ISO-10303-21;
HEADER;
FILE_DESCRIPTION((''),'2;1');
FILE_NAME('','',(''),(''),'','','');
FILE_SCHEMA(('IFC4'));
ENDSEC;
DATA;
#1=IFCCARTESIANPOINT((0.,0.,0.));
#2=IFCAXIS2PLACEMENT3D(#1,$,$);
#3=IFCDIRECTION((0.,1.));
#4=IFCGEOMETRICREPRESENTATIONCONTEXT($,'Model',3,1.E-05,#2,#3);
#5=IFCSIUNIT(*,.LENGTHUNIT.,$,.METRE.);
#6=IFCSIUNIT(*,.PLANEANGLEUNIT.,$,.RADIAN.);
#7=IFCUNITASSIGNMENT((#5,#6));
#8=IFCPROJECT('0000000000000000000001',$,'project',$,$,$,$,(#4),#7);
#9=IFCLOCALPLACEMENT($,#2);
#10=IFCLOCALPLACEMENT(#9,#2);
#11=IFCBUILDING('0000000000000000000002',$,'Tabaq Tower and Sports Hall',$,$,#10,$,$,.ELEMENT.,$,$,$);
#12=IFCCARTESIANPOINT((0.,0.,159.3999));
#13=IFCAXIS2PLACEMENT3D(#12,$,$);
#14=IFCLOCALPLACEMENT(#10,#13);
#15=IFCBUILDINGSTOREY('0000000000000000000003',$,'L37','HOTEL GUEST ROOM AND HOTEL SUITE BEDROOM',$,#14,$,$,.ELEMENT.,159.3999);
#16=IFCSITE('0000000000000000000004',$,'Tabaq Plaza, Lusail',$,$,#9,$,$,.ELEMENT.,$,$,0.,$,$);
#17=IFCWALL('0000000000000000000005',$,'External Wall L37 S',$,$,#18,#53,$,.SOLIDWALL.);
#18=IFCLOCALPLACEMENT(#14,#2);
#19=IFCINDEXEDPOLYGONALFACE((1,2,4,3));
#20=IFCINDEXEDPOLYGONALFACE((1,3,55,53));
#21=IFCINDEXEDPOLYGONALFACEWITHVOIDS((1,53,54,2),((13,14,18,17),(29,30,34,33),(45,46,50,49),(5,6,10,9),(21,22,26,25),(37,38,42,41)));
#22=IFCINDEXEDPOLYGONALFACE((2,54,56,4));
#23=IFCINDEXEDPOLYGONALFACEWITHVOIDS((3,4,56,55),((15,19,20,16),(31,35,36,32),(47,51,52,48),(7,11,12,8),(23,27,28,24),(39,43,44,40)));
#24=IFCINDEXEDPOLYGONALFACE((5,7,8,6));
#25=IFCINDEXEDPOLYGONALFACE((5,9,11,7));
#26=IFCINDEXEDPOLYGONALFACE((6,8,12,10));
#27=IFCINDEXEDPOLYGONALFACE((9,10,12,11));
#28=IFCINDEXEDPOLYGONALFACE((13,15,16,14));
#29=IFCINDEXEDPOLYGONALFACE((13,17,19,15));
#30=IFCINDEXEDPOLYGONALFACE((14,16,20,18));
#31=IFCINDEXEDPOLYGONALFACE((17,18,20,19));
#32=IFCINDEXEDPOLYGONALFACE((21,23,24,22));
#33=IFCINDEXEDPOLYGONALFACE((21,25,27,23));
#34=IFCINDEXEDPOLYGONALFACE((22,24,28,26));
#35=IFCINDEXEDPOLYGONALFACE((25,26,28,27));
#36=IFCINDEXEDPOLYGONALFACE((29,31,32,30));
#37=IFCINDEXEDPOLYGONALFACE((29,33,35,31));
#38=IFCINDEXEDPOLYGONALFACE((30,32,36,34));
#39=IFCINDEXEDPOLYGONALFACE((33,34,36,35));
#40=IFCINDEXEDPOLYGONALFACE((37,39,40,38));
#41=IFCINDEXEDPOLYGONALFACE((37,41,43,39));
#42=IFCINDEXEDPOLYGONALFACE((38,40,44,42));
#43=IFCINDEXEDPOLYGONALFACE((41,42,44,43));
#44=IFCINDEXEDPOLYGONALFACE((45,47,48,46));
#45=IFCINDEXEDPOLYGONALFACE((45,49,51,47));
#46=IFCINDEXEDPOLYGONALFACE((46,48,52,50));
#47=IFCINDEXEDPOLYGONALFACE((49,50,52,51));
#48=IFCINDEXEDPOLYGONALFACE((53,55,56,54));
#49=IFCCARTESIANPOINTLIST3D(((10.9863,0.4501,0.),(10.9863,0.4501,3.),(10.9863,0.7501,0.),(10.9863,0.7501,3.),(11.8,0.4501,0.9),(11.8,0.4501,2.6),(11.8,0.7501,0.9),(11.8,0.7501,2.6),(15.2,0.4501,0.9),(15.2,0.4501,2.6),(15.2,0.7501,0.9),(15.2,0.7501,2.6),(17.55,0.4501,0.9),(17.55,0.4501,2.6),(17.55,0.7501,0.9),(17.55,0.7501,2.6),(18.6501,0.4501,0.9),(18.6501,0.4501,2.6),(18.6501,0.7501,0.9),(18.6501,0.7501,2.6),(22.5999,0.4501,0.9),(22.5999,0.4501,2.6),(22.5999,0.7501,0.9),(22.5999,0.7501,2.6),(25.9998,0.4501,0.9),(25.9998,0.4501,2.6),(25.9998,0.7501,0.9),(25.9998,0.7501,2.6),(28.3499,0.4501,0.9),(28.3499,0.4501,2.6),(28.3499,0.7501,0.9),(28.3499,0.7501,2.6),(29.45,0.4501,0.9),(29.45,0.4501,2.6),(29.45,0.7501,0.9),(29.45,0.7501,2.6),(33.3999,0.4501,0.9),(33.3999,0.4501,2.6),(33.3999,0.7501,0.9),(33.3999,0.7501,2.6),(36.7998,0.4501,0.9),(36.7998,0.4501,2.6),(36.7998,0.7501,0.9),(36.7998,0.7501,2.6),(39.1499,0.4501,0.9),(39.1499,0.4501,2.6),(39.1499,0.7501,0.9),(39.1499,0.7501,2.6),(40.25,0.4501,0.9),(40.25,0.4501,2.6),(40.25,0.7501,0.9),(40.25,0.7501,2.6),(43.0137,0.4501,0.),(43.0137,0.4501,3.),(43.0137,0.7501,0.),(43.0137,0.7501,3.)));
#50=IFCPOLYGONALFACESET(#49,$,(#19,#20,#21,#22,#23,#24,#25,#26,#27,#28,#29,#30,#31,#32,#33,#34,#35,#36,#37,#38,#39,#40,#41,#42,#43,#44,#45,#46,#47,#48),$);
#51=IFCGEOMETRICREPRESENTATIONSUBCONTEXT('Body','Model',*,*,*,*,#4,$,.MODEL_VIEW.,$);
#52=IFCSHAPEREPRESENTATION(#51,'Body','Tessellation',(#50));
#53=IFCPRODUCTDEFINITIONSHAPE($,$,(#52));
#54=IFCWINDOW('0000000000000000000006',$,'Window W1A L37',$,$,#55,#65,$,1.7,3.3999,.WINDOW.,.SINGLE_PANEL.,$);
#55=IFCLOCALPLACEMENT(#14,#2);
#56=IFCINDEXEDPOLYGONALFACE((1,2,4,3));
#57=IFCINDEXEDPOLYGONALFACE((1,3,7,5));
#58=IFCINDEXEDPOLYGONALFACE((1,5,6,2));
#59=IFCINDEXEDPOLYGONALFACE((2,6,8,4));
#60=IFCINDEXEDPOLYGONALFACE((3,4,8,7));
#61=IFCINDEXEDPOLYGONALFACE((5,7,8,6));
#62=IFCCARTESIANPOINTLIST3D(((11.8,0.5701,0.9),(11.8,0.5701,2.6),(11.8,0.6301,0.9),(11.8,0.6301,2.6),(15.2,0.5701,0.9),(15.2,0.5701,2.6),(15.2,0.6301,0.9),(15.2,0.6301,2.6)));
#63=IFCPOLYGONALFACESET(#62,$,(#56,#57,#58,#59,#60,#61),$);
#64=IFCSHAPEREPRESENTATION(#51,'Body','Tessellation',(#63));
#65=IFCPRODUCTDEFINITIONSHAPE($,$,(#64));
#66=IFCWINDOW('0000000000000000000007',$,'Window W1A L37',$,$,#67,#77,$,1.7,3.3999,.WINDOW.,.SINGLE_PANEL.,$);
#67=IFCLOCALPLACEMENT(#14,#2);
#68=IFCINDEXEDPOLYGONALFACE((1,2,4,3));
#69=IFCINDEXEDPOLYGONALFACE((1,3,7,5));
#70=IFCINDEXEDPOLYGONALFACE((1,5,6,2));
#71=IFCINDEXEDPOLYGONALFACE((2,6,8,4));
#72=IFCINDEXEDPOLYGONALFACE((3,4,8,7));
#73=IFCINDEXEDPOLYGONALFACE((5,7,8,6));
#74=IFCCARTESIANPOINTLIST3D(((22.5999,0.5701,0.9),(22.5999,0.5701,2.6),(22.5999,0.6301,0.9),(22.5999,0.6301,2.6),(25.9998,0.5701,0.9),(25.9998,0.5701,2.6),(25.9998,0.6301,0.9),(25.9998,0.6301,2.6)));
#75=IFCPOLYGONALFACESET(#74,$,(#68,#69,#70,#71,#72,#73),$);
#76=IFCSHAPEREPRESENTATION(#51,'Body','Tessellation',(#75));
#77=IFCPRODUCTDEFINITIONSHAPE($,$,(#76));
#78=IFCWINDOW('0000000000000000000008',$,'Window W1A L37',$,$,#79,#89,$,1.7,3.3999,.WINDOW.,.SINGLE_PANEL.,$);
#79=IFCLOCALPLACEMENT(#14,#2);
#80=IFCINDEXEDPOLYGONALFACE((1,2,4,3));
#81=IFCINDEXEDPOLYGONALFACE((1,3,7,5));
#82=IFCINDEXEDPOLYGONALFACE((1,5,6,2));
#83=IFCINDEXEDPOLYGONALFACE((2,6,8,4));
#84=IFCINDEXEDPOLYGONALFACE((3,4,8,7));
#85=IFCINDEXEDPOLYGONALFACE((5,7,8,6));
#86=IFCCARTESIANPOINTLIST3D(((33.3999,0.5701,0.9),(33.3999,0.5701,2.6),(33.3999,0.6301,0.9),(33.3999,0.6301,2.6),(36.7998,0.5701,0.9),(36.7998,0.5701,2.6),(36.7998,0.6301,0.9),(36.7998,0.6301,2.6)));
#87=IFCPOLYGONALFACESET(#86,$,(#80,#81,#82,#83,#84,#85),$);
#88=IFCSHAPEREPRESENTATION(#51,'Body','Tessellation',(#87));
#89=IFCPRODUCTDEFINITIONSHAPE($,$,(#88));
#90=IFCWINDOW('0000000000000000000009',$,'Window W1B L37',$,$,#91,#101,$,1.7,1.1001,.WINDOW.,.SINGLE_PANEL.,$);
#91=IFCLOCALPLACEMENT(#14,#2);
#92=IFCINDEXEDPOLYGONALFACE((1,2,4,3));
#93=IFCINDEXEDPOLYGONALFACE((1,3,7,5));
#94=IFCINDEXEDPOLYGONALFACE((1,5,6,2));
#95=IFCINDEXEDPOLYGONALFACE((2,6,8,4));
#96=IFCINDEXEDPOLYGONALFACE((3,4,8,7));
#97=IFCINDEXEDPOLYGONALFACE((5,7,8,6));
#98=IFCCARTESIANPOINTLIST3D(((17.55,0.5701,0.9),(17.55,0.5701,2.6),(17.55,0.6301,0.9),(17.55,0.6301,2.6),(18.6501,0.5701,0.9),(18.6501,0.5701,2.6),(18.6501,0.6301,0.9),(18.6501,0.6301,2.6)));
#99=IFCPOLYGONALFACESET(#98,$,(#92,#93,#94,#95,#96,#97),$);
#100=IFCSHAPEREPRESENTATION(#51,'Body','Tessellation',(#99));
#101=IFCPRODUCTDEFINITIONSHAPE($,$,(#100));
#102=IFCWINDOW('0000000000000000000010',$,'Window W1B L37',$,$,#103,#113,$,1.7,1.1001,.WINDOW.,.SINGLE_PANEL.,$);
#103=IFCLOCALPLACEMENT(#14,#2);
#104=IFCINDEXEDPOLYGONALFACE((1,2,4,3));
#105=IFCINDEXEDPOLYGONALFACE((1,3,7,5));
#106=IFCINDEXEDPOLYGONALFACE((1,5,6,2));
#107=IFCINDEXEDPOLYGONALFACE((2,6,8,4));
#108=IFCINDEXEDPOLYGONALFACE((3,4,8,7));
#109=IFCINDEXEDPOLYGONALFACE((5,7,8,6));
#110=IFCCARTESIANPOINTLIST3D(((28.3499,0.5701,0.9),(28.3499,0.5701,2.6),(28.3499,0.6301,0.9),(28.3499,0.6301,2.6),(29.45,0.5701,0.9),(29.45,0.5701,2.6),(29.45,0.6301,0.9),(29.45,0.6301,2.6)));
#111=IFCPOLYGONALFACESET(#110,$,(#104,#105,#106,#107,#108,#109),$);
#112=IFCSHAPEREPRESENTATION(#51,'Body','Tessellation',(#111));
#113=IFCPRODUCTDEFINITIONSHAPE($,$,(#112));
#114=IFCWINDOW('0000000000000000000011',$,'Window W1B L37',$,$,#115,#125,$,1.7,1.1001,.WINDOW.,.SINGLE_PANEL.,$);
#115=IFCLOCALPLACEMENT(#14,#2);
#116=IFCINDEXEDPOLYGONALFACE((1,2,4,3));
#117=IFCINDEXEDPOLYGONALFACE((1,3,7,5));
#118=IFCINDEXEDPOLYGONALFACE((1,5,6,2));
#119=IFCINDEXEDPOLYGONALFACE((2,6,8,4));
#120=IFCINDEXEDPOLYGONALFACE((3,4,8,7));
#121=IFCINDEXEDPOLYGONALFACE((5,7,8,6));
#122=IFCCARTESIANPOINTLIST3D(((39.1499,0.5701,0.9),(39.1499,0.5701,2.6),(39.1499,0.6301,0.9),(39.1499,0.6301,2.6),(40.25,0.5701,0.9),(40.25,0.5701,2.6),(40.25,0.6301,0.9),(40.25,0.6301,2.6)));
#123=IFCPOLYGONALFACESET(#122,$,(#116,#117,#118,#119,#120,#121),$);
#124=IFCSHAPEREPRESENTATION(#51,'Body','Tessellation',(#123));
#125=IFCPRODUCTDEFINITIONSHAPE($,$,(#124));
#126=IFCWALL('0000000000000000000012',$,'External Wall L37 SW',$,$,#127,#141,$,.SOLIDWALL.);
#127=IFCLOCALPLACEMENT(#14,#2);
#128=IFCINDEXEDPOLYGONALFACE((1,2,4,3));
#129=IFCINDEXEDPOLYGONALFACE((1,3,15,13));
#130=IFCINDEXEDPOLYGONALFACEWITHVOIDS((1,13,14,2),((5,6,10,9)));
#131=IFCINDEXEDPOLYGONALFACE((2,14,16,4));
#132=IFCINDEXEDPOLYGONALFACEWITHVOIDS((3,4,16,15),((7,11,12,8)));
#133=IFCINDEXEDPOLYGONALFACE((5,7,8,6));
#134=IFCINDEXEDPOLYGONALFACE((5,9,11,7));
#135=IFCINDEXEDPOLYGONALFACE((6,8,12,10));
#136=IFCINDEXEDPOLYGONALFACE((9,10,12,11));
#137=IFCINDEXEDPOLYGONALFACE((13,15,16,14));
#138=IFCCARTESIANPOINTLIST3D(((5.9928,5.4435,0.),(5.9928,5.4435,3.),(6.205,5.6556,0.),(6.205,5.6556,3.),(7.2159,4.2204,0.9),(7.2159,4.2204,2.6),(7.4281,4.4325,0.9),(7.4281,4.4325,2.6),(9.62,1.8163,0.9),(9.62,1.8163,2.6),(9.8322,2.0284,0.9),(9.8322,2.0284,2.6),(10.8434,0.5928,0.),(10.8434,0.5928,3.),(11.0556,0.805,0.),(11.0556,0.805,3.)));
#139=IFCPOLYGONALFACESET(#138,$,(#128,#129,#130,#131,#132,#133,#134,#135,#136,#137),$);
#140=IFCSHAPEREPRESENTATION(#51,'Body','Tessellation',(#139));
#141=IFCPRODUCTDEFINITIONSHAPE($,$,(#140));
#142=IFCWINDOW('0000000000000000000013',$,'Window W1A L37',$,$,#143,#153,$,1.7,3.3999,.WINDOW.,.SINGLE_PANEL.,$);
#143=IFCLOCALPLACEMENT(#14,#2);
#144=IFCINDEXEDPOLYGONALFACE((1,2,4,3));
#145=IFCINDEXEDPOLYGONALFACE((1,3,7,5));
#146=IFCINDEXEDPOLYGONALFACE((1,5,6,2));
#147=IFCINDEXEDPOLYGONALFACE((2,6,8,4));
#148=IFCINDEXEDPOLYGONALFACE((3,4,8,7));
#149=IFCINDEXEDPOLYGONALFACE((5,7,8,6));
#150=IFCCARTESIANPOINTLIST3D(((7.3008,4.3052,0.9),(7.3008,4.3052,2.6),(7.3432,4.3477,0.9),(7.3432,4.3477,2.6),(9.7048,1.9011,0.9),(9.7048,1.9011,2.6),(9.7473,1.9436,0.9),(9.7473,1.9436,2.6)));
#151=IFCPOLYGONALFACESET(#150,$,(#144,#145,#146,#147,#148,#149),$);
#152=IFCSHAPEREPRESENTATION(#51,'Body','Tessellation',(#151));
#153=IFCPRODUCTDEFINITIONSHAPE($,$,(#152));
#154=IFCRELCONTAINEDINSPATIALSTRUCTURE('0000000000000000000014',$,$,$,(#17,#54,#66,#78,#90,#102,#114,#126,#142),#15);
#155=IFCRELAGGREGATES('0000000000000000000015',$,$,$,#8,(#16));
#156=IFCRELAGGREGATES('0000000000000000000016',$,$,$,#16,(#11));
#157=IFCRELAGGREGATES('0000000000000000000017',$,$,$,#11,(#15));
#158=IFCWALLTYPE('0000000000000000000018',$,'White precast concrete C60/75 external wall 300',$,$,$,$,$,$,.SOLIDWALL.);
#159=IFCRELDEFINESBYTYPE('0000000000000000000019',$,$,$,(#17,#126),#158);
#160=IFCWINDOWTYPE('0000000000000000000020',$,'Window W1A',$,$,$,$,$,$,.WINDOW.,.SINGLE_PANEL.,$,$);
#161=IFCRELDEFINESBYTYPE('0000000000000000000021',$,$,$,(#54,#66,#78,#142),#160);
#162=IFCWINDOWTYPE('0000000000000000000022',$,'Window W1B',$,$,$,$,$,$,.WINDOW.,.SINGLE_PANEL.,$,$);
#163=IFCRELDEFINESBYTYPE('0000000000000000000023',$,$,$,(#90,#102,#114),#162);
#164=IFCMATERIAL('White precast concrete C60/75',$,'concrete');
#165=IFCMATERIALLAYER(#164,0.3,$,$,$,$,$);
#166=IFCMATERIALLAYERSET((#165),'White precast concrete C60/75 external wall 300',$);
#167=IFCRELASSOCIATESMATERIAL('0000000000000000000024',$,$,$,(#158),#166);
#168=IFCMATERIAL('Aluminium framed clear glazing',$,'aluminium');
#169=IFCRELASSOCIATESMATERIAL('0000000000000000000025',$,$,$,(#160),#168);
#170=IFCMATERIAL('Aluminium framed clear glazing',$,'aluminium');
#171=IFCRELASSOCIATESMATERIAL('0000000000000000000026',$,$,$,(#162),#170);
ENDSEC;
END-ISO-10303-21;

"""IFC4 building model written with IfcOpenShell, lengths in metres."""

from ifc_helpers import new_model, si_unit, direction, frame, frame_2d, origin, place, context, subcontext, project, spatial, rectangle, extrude, material, layer, layer_set, type_object, element, fill, save


model = new_model("IFC4")

# Units and contexts
model_context = context("Model", 3, precision=1e-05, world=origin(), true_north=direction((0.0, 1.0)))
body_context = subcontext(model_context, "Body", "Model", "MODEL_VIEW")
ifc_project = project(units=[si_unit("LENGTHUNIT", "METRE"), si_unit("PLANEANGLEUNIT", "RADIAN")], contexts=[model_context])

# Site, building, storey
site_placement = place(None, origin())
site = spatial("IfcSite", under=ifc_project, at=site_placement, Name="Tabaq Plaza, Lusail", CompositionType="ELEMENT", RefElevation=0.0)
building_placement = place(site_placement, origin())
building = spatial("IfcBuilding", under=site, at=building_placement, Name="Tabaq Tower and Sports Hall", CompositionType="ELEMENT")
storey_placement = place(building_placement, frame((0.0, 0.0, 159.3999)))
storey = spatial("IfcBuildingStorey", under=building, at=storey_placement, Name="L37", Description="HOTEL GUEST ROOM AND HOTEL SUITE BEDROOM", CompositionType="ELEMENT", Elevation=159.3999)

# Wall, openings, windows
ifc_material_1 = material(Name="White precast concrete C60/75", Category="concrete")
ifc_layer_1 = layer(ifc_material_1, 0.3)
ifc_layer_set_1 = layer_set([ifc_layer_1], Name="White precast concrete C60/75 external wall 300")
wall_type_1 = type_object("IfcWallType", Name="White precast concrete C60/75 external wall 300", PredefinedType="SOLIDWALL", material=ifc_layer_set_1)
wall_1_placement = place(storey_placement, frame((10.9863, 0.6001, 0.0), z_axis=(0.0, 0.0, 1.0), x_axis=(1.0, 0.0, 0.0)))
wall_1 = element("IfcWall", 1, at=wall_1_placement, inside=storey, type_object=wall_type_1, Name="External Wall L37 S", PredefinedType="SOLIDWALL", context=body_context, shape_type="SweptSolid", body=[
    extrude(rectangle(XDim=32.0273, YDim=0.3, at=frame_2d((16.0137, 0.0))), origin(), (0.0, 0.0, 1.0), 3.0),
])
opening_1_placement = place(wall_1_placement, frame((0.8137, 0.0, 0.8999)))
opening_1 = element("IfcOpeningElement", 2, at=opening_1_placement, cuts=wall_1, PredefinedType="OPENING", context=body_context, shape_type="SweptSolid", body=[
    extrude(rectangle(XDim=3.3999, YDim=1.7, at=frame_2d((1.7, 0.8501))), frame((0.0, 0.1602, 0.0), z_axis=(0.0, -1.0, 0.0), x_axis=(1.0, 0.0, 0.0)), (0.0, 0.0, 1.0), 0.3201),
])
opening_2_placement = place(wall_1_placement, frame((6.5637, 0.0, 0.8999)))
opening_2 = element("IfcOpeningElement", 3, at=opening_2_placement, cuts=wall_1, PredefinedType="OPENING", context=body_context, shape_type="SweptSolid", body=[
    extrude(rectangle(XDim=1.1001, YDim=1.7, at=frame_2d((0.55, 0.8501))), frame((0.0, 0.1602, 0.0), z_axis=(0.0, -1.0, 0.0), x_axis=(1.0, 0.0, 0.0)), (0.0, 0.0, 1.0), 0.3201),
])
opening_3_placement = place(wall_1_placement, frame((11.6135, 0.0, 0.8999)))
opening_3 = element("IfcOpeningElement", 4, at=opening_3_placement, cuts=wall_1, PredefinedType="OPENING", context=body_context, shape_type="SweptSolid", body=[
    extrude(rectangle(XDim=3.3999, YDim=1.7, at=frame_2d((1.7, 0.8501))), frame((0.0, 0.1602, 0.0), z_axis=(0.0, -1.0, 0.0), x_axis=(1.0, 0.0, 0.0)), (0.0, 0.0, 1.0), 0.3201),
])
opening_4_placement = place(wall_1_placement, frame((17.3635, 0.0, 0.8999)))
opening_4 = element("IfcOpeningElement", 5, at=opening_4_placement, cuts=wall_1, PredefinedType="OPENING", context=body_context, shape_type="SweptSolid", body=[
    extrude(rectangle(XDim=1.1001, YDim=1.7, at=frame_2d((0.55, 0.8501))), frame((0.0, 0.1602, 0.0), z_axis=(0.0, -1.0, 0.0), x_axis=(1.0, 0.0, 0.0)), (0.0, 0.0, 1.0), 0.3201),
])
opening_5_placement = place(wall_1_placement, frame((22.4136, 0.0, 0.8999)))
opening_5 = element("IfcOpeningElement", 6, at=opening_5_placement, cuts=wall_1, PredefinedType="OPENING", context=body_context, shape_type="SweptSolid", body=[
    extrude(rectangle(XDim=3.3999, YDim=1.7, at=frame_2d((1.7, 0.8501))), frame((0.0, 0.1602, 0.0), z_axis=(0.0, -1.0, 0.0), x_axis=(1.0, 0.0, 0.0)), (0.0, 0.0, 1.0), 0.3201),
])
opening_6_placement = place(wall_1_placement, frame((28.1636, 0.0, 0.8999)))
opening_6 = element("IfcOpeningElement", 7, at=opening_6_placement, cuts=wall_1, PredefinedType="OPENING", context=body_context, shape_type="SweptSolid", body=[
    extrude(rectangle(XDim=1.1001, YDim=1.7, at=frame_2d((0.55, 0.8501))), frame((0.0, 0.1602, 0.0), z_axis=(0.0, -1.0, 0.0), x_axis=(1.0, 0.0, 0.0)), (0.0, 0.0, 1.0), 0.3201),
])
ifc_material_2 = material(Name="Aluminium framed clear glazing", Category="aluminium")
window_type_1 = type_object("IfcWindowType", Name="Window W1A", PartitioningType="SINGLE_PANEL", PredefinedType="WINDOW", material=ifc_material_2)
window_1_placement = place(opening_1_placement, origin())
window_1 = element("IfcWindow", 8, at=window_1_placement, inside=storey, type_object=window_type_1, Name="Window W1A L37", OverallHeight=1.7, OverallWidth=3.3999, PartitioningType="SINGLE_PANEL", PredefinedType="WINDOW", context=body_context, shape_type="SweptSolid", body=[
    extrude(rectangle(XDim=3.3999, YDim=1.7, at=frame_2d((1.7, 0.8501))), frame((0.0, 0.03, 0.0), z_axis=(0.0, -1.0, 0.0), x_axis=(1.0, 0.0, 0.0)), (0.0, 0.0, 1.0), 0.0601),
])
fill(opening_1, window_1)
window_2_placement = place(opening_3_placement, origin())
window_2 = element("IfcWindow", 9, at=window_2_placement, inside=storey, type_object=window_type_1, Name="Window W1A L37", OverallHeight=1.7, OverallWidth=3.3999, PartitioningType="SINGLE_PANEL", PredefinedType="WINDOW", context=body_context, shape_type="SweptSolid", body=[
    extrude(rectangle(XDim=3.3999, YDim=1.7, at=frame_2d((1.7, 0.8501))), frame((0.0, 0.03, 0.0), z_axis=(0.0, -1.0, 0.0), x_axis=(1.0, 0.0, 0.0)), (0.0, 0.0, 1.0), 0.0601),
])
fill(opening_3, window_2)
window_3_placement = place(opening_5_placement, origin())
window_3 = element("IfcWindow", 10, at=window_3_placement, inside=storey, type_object=window_type_1, Name="Window W1A L37", OverallHeight=1.7, OverallWidth=3.3999, PartitioningType="SINGLE_PANEL", PredefinedType="WINDOW", context=body_context, shape_type="SweptSolid", body=[
    extrude(rectangle(XDim=3.3999, YDim=1.7, at=frame_2d((1.7, 0.8501))), frame((0.0, 0.03, 0.0), z_axis=(0.0, -1.0, 0.0), x_axis=(1.0, 0.0, 0.0)), (0.0, 0.0, 1.0), 0.0601),
])
fill(opening_5, window_3)
ifc_material_3 = material(Name="Aluminium framed clear glazing", Category="aluminium")
window_type_2 = type_object("IfcWindowType", Name="Window W1B", PartitioningType="SINGLE_PANEL", PredefinedType="WINDOW", material=ifc_material_3)
window_4_placement = place(opening_2_placement, origin())
window_4 = element("IfcWindow", 11, at=window_4_placement, inside=storey, type_object=window_type_2, Name="Window W1B L37", OverallHeight=1.7, OverallWidth=1.1001, PartitioningType="SINGLE_PANEL", PredefinedType="WINDOW", context=body_context, shape_type="SweptSolid", body=[
    extrude(rectangle(XDim=1.1001, YDim=1.7, at=frame_2d((0.55, 0.8501))), frame((0.0, 0.03, 0.0), z_axis=(0.0, -1.0, 0.0), x_axis=(1.0, 0.0, 0.0)), (0.0, 0.0, 1.0), 0.0601),
])
fill(opening_2, window_4)
window_5_placement = place(opening_4_placement, origin())
window_5 = element("IfcWindow", 12, at=window_5_placement, inside=storey, type_object=window_type_2, Name="Window W1B L37", OverallHeight=1.7, OverallWidth=1.1001, PartitioningType="SINGLE_PANEL", PredefinedType="WINDOW", context=body_context, shape_type="SweptSolid", body=[
    extrude(rectangle(XDim=1.1001, YDim=1.7, at=frame_2d((0.55, 0.8501))), frame((0.0, 0.03, 0.0), z_axis=(0.0, -1.0, 0.0), x_axis=(1.0, 0.0, 0.0)), (0.0, 0.0, 1.0), 0.0601),
])
fill(opening_4, window_5)
window_6_placement = place(opening_6_placement, origin())
window_6 = element("IfcWindow", 13, at=window_6_placement, inside=storey, type_object=window_type_2, Name="Window W1B L37", OverallHeight=1.7, OverallWidth=1.1001, PartitioningType="SINGLE_PANEL", PredefinedType="WINDOW", context=body_context, shape_type="SweptSolid", body=[
    extrude(rectangle(XDim=1.1001, YDim=1.7, at=frame_2d((0.55, 0.8501))), frame((0.0, 0.03, 0.0), z_axis=(0.0, -1.0, 0.0), x_axis=(1.0, 0.0, 0.0)), (0.0, 0.0, 1.0), 0.0601),
])
fill(opening_6, window_6)

# Wall, opening, window
wall_2_placement = place(storey_placement, frame((6.0989, 5.5496, 0.0), z_axis=(0.0, 0.0, 1.0), x_axis=(0.707107, -0.707107, 0.0)))
wall_2 = element("IfcWall", 14, at=wall_2_placement, inside=storey, type_object=wall_type_1, Name="External Wall L37 SW", PredefinedType="SOLIDWALL", context=body_context, shape_type="SweptSolid", body=[
    extrude(rectangle(XDim=6.8599, YDim=0.3, at=frame_2d((3.4299, 0.0))), origin(), (0.0, 0.0, 1.0), 3.0),
])
opening_7_placement = place(wall_2_placement, frame((1.7297, 0.0, 0.8999)))
opening_7 = element("IfcOpeningElement", 15, at=opening_7_placement, cuts=wall_2, PredefinedType="OPENING", context=body_context, shape_type="SweptSolid", body=[
    extrude(rectangle(XDim=3.3999, YDim=1.7, at=frame_2d((1.7, 0.8501))), frame((0.0, 0.1602, 0.0), z_axis=(0.0, -1.0, 0.0), x_axis=(1.0, 0.0, 0.0)), (0.0, 0.0, 1.0), 0.3201),
])
window_7_placement = place(opening_7_placement, origin())
window_7 = element("IfcWindow", 16, at=window_7_placement, inside=storey, type_object=window_type_1, Name="Window W1A L37", OverallHeight=1.7, OverallWidth=3.3999, PartitioningType="SINGLE_PANEL", PredefinedType="WINDOW", context=body_context, shape_type="SweptSolid", body=[
    extrude(rectangle(XDim=3.3999, YDim=1.7, at=frame_2d((1.7, 0.8501))), frame((0.0, 0.03, 0.0), z_axis=(0.0, -1.0, 0.0), x_axis=(1.0, 0.0, 0.0)), (0.0, 0.0, 1.0), 0.0601),
])
fill(opening_7, window_7)

save(model, "model.ifc")
